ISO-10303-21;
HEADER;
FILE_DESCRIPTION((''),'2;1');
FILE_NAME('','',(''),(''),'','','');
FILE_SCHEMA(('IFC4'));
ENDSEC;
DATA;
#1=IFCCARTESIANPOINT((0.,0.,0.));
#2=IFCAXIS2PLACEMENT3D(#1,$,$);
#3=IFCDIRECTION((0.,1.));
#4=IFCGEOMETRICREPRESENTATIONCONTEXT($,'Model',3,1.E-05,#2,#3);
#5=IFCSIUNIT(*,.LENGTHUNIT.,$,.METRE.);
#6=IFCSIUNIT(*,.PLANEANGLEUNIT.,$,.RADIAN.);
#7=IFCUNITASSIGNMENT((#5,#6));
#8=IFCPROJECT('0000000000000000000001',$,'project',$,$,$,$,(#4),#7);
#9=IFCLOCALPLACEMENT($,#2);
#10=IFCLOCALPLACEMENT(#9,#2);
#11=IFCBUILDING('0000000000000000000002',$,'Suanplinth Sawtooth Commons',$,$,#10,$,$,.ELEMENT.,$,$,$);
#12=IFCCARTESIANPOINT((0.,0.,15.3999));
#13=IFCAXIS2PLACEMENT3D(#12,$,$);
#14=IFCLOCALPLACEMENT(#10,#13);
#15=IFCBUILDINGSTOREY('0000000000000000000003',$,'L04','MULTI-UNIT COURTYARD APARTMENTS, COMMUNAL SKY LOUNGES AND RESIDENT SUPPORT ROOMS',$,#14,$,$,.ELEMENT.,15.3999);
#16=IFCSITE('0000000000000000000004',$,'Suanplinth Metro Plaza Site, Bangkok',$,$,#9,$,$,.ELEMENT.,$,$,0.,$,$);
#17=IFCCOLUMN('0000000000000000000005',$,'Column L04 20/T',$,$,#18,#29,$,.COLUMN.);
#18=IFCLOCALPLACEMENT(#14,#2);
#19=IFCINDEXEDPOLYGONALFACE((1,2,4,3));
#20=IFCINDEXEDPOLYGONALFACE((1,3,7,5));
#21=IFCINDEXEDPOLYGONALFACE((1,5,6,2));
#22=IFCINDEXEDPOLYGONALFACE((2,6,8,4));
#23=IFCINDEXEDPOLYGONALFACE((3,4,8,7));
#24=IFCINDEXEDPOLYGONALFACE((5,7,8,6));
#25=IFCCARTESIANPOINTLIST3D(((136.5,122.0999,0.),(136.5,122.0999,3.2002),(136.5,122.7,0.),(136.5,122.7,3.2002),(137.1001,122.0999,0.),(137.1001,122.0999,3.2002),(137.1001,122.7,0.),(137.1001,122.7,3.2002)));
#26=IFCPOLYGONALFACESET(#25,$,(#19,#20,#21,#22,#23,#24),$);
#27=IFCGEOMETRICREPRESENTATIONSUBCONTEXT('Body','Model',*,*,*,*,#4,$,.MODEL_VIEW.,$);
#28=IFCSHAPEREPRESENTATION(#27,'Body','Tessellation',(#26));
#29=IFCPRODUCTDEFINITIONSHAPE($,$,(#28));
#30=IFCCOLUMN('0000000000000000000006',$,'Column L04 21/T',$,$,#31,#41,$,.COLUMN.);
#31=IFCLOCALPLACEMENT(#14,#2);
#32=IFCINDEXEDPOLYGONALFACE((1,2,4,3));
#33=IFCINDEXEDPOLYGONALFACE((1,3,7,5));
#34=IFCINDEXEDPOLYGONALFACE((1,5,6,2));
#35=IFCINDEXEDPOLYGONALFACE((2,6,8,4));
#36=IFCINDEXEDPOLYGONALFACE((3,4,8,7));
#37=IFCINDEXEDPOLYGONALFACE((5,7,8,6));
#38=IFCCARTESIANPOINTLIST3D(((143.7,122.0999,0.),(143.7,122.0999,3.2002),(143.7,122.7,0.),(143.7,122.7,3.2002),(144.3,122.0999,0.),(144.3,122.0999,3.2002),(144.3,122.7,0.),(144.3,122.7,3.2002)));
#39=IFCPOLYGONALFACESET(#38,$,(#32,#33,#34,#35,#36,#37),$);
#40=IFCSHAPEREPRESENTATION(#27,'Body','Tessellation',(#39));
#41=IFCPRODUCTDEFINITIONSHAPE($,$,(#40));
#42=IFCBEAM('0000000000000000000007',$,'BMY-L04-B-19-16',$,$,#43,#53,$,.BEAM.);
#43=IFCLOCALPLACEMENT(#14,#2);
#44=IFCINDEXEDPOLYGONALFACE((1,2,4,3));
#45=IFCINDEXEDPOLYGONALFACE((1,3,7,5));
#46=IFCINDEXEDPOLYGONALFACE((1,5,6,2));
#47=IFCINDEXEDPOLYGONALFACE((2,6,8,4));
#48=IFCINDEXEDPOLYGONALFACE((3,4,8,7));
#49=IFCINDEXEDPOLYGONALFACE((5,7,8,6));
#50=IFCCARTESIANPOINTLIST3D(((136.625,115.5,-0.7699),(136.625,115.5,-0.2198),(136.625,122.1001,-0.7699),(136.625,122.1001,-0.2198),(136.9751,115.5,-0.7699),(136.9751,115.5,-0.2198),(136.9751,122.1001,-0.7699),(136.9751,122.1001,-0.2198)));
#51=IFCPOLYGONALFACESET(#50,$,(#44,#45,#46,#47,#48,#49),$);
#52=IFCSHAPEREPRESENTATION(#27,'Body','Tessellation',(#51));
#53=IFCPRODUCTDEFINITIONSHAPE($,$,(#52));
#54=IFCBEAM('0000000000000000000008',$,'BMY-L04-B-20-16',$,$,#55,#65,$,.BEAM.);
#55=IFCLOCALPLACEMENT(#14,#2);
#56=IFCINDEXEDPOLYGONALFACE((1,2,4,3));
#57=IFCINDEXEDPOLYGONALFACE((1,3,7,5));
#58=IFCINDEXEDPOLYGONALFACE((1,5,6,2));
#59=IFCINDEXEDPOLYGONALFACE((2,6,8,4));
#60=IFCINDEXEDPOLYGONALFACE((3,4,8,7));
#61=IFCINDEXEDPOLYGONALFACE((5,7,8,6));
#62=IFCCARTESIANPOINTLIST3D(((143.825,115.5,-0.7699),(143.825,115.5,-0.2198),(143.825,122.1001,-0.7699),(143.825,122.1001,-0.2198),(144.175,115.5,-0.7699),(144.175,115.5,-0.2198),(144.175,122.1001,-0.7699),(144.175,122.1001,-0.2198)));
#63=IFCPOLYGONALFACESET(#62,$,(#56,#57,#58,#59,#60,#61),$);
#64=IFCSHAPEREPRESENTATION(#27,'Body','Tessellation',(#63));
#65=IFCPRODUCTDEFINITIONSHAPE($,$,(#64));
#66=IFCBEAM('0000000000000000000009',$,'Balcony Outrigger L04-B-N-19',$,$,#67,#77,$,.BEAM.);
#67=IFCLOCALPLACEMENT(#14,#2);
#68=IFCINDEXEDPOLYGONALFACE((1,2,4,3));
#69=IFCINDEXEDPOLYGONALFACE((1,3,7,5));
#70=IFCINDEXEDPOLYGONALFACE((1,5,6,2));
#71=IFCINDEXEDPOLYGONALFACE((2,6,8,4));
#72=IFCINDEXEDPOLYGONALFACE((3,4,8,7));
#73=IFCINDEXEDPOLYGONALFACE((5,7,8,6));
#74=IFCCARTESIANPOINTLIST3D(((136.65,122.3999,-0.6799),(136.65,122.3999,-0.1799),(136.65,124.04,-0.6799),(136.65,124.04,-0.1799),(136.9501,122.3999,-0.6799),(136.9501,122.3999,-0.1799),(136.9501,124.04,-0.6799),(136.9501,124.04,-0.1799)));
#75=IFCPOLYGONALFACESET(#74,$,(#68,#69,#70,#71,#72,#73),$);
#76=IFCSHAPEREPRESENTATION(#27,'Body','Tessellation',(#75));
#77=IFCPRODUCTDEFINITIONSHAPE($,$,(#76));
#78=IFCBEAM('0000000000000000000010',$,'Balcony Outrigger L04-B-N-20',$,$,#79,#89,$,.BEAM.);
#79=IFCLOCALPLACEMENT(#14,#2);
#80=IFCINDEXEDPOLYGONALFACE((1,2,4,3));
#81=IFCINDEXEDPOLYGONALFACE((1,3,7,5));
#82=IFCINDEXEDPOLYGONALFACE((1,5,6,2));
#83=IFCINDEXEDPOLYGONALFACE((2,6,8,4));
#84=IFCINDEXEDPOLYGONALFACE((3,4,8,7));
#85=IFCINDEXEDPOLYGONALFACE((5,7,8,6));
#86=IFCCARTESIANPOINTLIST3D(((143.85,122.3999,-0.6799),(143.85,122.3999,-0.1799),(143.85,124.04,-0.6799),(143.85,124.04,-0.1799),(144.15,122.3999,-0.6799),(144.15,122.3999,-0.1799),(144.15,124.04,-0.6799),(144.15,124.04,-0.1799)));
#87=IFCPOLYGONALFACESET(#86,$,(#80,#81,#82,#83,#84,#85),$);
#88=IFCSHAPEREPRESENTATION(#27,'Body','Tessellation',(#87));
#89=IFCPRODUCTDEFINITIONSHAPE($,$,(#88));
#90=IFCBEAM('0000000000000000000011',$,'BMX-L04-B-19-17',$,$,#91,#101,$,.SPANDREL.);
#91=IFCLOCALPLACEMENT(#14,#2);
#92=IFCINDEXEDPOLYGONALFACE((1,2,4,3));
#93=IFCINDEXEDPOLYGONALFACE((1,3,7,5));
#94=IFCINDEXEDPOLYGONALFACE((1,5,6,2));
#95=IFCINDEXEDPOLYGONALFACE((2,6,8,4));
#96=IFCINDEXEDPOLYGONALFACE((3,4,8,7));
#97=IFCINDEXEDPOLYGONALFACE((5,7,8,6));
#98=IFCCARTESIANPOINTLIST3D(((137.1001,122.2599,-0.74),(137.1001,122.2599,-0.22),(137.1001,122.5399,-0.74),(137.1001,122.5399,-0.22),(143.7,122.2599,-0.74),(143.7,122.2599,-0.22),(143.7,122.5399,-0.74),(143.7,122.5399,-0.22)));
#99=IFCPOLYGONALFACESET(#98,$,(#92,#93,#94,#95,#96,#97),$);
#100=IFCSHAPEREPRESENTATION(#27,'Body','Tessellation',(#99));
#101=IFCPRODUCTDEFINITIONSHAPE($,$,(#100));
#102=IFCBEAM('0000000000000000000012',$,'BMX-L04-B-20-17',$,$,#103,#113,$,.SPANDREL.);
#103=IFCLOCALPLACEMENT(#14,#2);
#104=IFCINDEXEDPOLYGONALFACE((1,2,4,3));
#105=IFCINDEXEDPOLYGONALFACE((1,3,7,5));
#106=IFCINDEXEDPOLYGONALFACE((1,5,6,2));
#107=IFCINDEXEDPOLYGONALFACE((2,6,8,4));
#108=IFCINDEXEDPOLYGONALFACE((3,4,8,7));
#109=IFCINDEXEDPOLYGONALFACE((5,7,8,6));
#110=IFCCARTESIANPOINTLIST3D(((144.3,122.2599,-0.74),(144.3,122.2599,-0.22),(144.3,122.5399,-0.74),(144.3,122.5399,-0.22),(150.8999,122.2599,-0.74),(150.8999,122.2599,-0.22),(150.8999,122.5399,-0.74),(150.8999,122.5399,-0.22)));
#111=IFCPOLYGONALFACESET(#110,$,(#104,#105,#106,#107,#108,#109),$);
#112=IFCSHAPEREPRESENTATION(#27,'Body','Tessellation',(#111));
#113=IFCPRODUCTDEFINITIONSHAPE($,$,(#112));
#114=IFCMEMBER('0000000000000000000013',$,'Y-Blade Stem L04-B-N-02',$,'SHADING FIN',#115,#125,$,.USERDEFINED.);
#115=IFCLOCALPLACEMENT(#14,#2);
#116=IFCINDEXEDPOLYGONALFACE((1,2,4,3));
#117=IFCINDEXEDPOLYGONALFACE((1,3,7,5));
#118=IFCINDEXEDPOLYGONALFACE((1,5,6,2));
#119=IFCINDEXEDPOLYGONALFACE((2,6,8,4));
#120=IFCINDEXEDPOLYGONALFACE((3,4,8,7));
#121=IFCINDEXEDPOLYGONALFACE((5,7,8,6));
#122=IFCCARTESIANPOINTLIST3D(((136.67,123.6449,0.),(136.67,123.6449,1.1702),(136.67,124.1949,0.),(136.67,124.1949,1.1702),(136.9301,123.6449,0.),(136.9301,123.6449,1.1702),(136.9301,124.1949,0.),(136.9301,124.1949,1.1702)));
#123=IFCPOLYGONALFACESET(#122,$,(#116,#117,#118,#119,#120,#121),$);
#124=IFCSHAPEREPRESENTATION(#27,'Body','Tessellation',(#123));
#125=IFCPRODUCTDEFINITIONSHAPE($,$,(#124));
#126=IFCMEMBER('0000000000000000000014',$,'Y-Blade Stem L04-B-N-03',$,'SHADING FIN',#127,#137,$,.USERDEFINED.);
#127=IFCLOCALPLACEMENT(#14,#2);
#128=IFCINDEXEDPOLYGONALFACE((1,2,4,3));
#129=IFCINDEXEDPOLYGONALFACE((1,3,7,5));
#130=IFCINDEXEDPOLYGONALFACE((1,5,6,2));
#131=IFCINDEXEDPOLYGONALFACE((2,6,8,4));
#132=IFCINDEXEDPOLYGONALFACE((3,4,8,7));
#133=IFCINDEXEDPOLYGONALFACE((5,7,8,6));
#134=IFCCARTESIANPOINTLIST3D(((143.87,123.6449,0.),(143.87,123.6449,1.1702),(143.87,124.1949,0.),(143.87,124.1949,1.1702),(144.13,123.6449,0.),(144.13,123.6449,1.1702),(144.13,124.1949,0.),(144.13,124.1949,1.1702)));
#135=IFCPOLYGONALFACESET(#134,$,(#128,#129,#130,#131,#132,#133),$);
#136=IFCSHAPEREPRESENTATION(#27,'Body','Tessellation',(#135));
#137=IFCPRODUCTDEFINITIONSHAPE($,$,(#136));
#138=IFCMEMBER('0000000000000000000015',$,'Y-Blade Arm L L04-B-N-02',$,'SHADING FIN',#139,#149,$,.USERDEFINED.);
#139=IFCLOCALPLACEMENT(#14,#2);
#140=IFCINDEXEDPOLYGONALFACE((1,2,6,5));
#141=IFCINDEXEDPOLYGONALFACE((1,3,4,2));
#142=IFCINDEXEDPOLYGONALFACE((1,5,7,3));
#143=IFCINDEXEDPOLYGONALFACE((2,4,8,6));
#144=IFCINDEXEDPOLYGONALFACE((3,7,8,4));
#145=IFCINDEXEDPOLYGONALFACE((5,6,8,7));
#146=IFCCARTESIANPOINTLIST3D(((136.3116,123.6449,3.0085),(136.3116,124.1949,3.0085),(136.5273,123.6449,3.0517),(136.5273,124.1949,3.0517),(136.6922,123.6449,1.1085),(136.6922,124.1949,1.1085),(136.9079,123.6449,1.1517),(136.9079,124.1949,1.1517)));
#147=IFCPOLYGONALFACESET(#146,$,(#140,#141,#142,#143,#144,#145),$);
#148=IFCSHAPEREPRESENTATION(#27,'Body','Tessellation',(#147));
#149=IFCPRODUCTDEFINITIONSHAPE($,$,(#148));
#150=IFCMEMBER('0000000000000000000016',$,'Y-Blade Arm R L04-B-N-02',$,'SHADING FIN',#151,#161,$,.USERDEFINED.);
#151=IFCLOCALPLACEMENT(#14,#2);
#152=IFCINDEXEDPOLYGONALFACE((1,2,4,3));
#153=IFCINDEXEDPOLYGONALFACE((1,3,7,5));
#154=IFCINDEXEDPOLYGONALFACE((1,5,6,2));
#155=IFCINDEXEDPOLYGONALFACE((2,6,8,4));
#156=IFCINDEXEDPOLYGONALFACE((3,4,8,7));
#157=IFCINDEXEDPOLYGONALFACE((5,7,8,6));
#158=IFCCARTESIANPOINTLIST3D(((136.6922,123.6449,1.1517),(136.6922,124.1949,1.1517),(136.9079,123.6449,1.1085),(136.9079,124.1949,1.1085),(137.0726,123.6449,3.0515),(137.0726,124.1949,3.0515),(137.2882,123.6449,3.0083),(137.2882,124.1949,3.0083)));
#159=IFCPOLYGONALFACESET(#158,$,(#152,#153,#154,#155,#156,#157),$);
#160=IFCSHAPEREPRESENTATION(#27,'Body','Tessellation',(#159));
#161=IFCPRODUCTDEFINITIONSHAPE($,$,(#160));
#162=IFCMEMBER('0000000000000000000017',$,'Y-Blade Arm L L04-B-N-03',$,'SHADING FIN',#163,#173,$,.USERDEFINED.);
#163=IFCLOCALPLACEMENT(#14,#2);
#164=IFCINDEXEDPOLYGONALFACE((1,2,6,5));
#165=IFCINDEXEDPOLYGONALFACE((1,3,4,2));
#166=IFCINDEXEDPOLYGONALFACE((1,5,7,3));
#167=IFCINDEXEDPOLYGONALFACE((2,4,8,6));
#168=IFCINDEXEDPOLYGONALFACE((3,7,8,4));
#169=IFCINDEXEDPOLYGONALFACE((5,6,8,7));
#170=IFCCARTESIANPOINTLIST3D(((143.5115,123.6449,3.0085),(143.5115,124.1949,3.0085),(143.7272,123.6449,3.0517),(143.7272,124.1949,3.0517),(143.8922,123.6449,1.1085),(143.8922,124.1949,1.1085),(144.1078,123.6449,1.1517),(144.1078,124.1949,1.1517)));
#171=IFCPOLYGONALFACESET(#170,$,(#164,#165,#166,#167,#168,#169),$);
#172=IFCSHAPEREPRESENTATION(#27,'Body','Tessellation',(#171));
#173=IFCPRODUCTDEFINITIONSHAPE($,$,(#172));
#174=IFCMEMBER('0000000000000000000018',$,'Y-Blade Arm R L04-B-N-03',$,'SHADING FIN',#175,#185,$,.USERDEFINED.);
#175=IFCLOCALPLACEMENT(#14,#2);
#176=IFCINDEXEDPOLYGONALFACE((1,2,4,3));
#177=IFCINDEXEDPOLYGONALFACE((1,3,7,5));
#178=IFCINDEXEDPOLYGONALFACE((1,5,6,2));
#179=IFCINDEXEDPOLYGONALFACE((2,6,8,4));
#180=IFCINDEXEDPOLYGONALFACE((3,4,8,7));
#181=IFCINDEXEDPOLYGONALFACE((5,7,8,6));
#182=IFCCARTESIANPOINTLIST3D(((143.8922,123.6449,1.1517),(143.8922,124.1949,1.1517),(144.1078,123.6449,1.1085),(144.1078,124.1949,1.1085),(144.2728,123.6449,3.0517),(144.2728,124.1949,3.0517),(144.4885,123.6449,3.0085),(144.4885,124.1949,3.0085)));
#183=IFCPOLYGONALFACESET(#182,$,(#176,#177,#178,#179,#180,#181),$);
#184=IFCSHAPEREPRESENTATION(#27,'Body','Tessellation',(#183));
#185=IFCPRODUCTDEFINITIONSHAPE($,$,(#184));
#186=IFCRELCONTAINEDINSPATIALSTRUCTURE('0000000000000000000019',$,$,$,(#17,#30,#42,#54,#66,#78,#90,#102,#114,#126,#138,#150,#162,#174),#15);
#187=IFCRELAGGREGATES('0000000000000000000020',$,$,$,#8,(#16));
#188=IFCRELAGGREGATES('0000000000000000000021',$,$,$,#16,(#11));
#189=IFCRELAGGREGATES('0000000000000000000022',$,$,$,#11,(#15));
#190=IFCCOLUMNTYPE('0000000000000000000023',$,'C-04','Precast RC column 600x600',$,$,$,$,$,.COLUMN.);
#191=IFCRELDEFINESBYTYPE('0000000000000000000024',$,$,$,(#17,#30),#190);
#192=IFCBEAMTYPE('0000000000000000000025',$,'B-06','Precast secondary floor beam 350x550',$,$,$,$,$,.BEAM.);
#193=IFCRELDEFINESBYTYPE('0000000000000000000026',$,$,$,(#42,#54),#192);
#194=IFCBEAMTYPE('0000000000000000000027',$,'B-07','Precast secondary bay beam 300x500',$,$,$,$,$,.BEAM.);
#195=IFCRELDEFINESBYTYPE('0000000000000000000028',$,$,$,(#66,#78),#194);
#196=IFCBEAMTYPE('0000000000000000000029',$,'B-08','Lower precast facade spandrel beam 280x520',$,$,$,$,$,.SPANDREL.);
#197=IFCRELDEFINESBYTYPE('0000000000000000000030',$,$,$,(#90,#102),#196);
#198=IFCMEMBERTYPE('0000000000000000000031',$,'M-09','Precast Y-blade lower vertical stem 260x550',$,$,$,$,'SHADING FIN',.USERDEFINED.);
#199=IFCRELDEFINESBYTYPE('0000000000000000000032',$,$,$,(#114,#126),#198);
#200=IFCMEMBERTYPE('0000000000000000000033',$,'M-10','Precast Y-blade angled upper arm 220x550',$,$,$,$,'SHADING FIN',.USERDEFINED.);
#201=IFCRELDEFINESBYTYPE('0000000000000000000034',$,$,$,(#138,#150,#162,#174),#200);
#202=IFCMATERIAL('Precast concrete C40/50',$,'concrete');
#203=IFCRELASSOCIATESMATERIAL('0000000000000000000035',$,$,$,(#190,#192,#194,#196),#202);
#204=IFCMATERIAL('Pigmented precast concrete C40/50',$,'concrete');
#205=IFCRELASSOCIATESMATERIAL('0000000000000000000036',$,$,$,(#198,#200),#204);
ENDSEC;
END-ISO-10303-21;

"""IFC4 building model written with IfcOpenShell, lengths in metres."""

from ifc_helpers import new_model, si_unit, direction, frame, origin, origin_2d, place, context, subcontext, project, spatial, rectangle, extrude, material, material_profile, profile_set, type_object, element, save


model = new_model("IFC4")

# Units and contexts
model_context = context("Model", 3, precision=1e-05, world=origin(), true_north=direction((0.0, 1.0)))
body_context = subcontext(model_context, "Body", "Model", "MODEL_VIEW")
ifc_project = project(units=[si_unit("LENGTHUNIT", "METRE"), si_unit("PLANEANGLEUNIT", "RADIAN")], contexts=[model_context])

# Site, building, storey
site_placement = place(None, origin())
site = spatial("IfcSite", under=ifc_project, at=site_placement, Name="Suanplinth Metro Plaza Site, Bangkok", CompositionType="ELEMENT", RefElevation=0.0)
building_placement = place(site_placement, origin())
building = spatial("IfcBuilding", under=site, at=building_placement, Name="Suanplinth Sawtooth Commons", CompositionType="ELEMENT")
storey_placement = place(building_placement, frame((0.0, 0.0, 15.3999)))
storey = spatial("IfcBuildingStorey", under=building, at=storey_placement, Name="L04", Description="MULTI-UNIT COURTYARD APARTMENTS, COMMUNAL SKY LOUNGES AND RESIDENT SUPPORT ROOMS", CompositionType="ELEMENT", Elevation=15.3999)

# Columns
ifc_material_1 = material(Name="Precast concrete C40/50", Category="concrete")
ifc_material_profile_1 = material_profile(ifc_material_1, rectangle(XDim=0.6001, YDim=0.6001, at=origin_2d()), Name="PC-COL 600x600")
ifc_profile_set_1 = profile_set([ifc_material_profile_1], Name="Precast concrete C40/50")
column_type = type_object("IfcColumnType", Name="C-04", Description="Precast RC column 600x600", PredefinedType="COLUMN", material=ifc_profile_set_1)
for number, where, z_axis, x_axis, name in (
    (1, (136.8, 122.3999, 0.0), (0.0, 0.0, 1.0), (1.0, 0.0, 0.0), "Column L04 20/T"),
    (2, (144.0, 122.3999, 0.0), (0.0, 0.0, 1.0), (1.0, 0.0, 0.0), "Column L04 21/T"),
):
    element("IfcColumn", number, at=place(storey_placement, frame(where, z_axis=z_axis, x_axis=x_axis)), inside=storey, type_object=column_type, Name=name, PredefinedType="COLUMN", context=body_context, shape_type="SweptSolid", body=[
        extrude(rectangle(XDim=0.6001, YDim=0.6001, at=origin_2d()), origin(), (0.0, 0.0, 1.0), 3.2002),
    ])

# Beams
ifc_material_profile_2 = material_profile(ifc_material_1, rectangle(XDim=0.3501, YDim=0.55, at=origin_2d()), Name="PC-BM 350x550")
ifc_profile_set_2 = profile_set([ifc_material_profile_2], Name="Precast concrete C40/50")
beam_type_1 = type_object("IfcBeamType", Name="B-06", Description="Precast secondary floor beam 350x550", PredefinedType="BEAM", material=ifc_profile_set_2)
for number, where, z_axis, x_axis, name in (
    (3, (136.8, 115.5, -0.4949), (0.0, 1.0, 0.0), (-1.0, 0.0, 0.0), "BMY-L04-B-19-16"),
    (4, (144.0, 115.5, -0.4949), (0.0, 1.0, 0.0), (-1.0, 0.0, 0.0), "BMY-L04-B-20-16"),
):
    element("IfcBeam", number, at=place(storey_placement, frame(where, z_axis=z_axis, x_axis=x_axis)), inside=storey, type_object=beam_type_1, Name=name, PredefinedType="BEAM", context=body_context, shape_type="SweptSolid", body=[
        extrude(rectangle(XDim=0.3501, YDim=0.55, at=origin_2d()), origin(), (0.0, 0.0, 1.0), 6.6001),
    ])
ifc_material_profile_3 = material_profile(ifc_material_1, rectangle(XDim=0.3, YDim=0.5, at=origin_2d()), Name="PC-BM 300x500")
ifc_profile_set_3 = profile_set([ifc_material_profile_3], Name="Precast concrete C40/50")
beam_type_2 = type_object("IfcBeamType", Name="B-07", Description="Precast secondary bay beam 300x500", PredefinedType="BEAM", material=ifc_profile_set_3)
for number, where, z_axis, x_axis, name in (
    (5, (136.8, 122.3999, -0.4299), (0.0, 1.0, 0.0), (-1.0, 0.0, 0.0), "Balcony Outrigger L04-B-N-19"),
    (6, (144.0, 122.3999, -0.4299), (0.0, 1.0, 0.0), (-1.0, 0.0, 0.0), "Balcony Outrigger L04-B-N-20"),
):
    element("IfcBeam", number, at=place(storey_placement, frame(where, z_axis=z_axis, x_axis=x_axis)), inside=storey, type_object=beam_type_2, Name=name, PredefinedType="BEAM", context=body_context, shape_type="SweptSolid", body=[
        extrude(rectangle(XDim=0.3, YDim=0.5, at=origin_2d()), origin(), (0.0, 0.0, 1.0), 1.6401),
    ])
ifc_material_profile_4 = material_profile(ifc_material_1, rectangle(XDim=0.28, YDim=0.52, at=origin_2d()), Name="PC-SP 280x520")
ifc_profile_set_4 = profile_set([ifc_material_profile_4], Name="Precast concrete C40/50")
beam_type_3 = type_object("IfcBeamType", Name="B-08", Description="Lower precast facade spandrel beam 280x520", PredefinedType="SPANDREL", material=ifc_profile_set_4)
for number, where, z_axis, x_axis, name in (
    (7, (137.1001, 122.3999, -0.48), (1.0, 0.0, 0.0), (0.0, 1.0, 0.0), "BMX-L04-B-19-17"),
    (8, (144.3, 122.3999, -0.48), (1.0, 0.0, 0.0), (0.0, 1.0, 0.0), "BMX-L04-B-20-17"),
):
    element("IfcBeam", number, at=place(storey_placement, frame(where, z_axis=z_axis, x_axis=x_axis)), inside=storey, type_object=beam_type_3, Name=name, PredefinedType="SPANDREL", context=body_context, shape_type="SweptSolid", body=[
        extrude(rectangle(XDim=0.28, YDim=0.52, at=origin_2d()), origin(), (0.0, 0.0, 1.0), 6.5999),
    ])

# Members
ifc_material_2 = material(Name="Pigmented precast concrete C40/50", Category="concrete")
ifc_material_profile_5 = material_profile(ifc_material_2, rectangle(XDim=0.26, YDim=0.55, at=origin_2d()), Name="PC-FIN 260x550")
ifc_profile_set_5 = profile_set([ifc_material_profile_5], Name="Pigmented precast concrete C40/50")
member_type_1 = type_object("IfcMemberType", Name="M-09", Description="Precast Y-blade lower vertical stem 260x550", ElementType="SHADING FIN", PredefinedType="USERDEFINED", material=ifc_profile_set_5)
for number, where, z_axis, x_axis, name in (
    (9, (136.8, 123.9199, 0.0), (0.0, 0.0, 1.0), (1.0, 0.0, 0.0), "Y-Blade Stem L04-B-N-02"),
    (10, (144.0, 123.9199, 0.0), (0.0, 0.0, 1.0), (1.0, 0.0, 0.0), "Y-Blade Stem L04-B-N-03"),
):
    element("IfcMember", number, at=place(storey_placement, frame(where, z_axis=z_axis, x_axis=x_axis)), inside=storey, type_object=member_type_1, Name=name, ObjectType="SHADING FIN", PredefinedType="USERDEFINED", context=body_context, shape_type="SweptSolid", body=[
        extrude(rectangle(XDim=0.26, YDim=0.55, at=origin_2d()), origin(), (0.0, 0.0, 1.0), 1.1702),
    ])
ifc_material_profile_6 = material_profile(ifc_material_2, rectangle(XDim=0.22, YDim=0.55, at=origin_2d()), Name="PC-FIN 220x550")
ifc_profile_set_6 = profile_set([ifc_material_profile_6], Name="Pigmented precast concrete C40/50")
member_type_2 = type_object("IfcMemberType", Name="M-10", Description="Precast Y-blade angled upper arm 220x550", ElementType="SHADING FIN", PredefinedType="USERDEFINED", material=ifc_profile_set_6)
member_1_placement = place(storey_placement, frame((136.8, 123.9199, 1.1301), z_axis=(-0.196431, 0.0, 0.980518), x_axis=(0.980518, 0.0, 0.196431)))
element("IfcMember", 11, at=member_1_placement, inside=storey, type_object=member_type_2, Name="Y-Blade Arm L L04-B-N-02", ObjectType="SHADING FIN", PredefinedType="USERDEFINED", context=body_context, shape_type="SweptSolid", body=[
    extrude(rectangle(XDim=0.22, YDim=0.55, at=origin_2d()), origin(), (0.0, 0.0, 1.0), 1.9377),
])
member_2_placement = place(storey_placement, frame((136.8, 123.9199, 1.1301), z_axis=(0.19631, 0.0, 0.980542), x_axis=(-0.980542, 0.0, 0.19631)))
element("IfcMember", 12, at=member_2_placement, inside=storey, type_object=member_type_2, Name="Y-Blade Arm R L04-B-N-02", ObjectType="SHADING FIN", PredefinedType="USERDEFINED", context=body_context, shape_type="SweptSolid", body=[
    extrude(rectangle(XDim=0.22, YDim=0.55, at=origin_2d()), origin(), (0.0, 0.0, 1.0), 1.9375),
])
for number, where, z_axis, x_axis, name in (
    (13, (144.0, 123.9199, 1.1301), (-0.196431, 0.0, 0.980518), (0.980518, 0.0, 0.196431), "Y-Blade Arm L L04-B-N-03"),
    (14, (144.0, 123.9199, 1.1301), (0.196431, 0.0, 0.980518), (-0.980518, 0.0, 0.196431), "Y-Blade Arm R L04-B-N-03"),
):
    element("IfcMember", number, at=place(storey_placement, frame(where, z_axis=z_axis, x_axis=x_axis)), inside=storey, type_object=member_type_2, Name=name, ObjectType="SHADING FIN", PredefinedType="USERDEFINED", context=body_context, shape_type="SweptSolid", body=[
        extrude(rectangle(XDim=0.22, YDim=0.55, at=origin_2d()), origin(), (0.0, 0.0, 1.0), 1.9377),
    ])

save(model, "model.ifc")
